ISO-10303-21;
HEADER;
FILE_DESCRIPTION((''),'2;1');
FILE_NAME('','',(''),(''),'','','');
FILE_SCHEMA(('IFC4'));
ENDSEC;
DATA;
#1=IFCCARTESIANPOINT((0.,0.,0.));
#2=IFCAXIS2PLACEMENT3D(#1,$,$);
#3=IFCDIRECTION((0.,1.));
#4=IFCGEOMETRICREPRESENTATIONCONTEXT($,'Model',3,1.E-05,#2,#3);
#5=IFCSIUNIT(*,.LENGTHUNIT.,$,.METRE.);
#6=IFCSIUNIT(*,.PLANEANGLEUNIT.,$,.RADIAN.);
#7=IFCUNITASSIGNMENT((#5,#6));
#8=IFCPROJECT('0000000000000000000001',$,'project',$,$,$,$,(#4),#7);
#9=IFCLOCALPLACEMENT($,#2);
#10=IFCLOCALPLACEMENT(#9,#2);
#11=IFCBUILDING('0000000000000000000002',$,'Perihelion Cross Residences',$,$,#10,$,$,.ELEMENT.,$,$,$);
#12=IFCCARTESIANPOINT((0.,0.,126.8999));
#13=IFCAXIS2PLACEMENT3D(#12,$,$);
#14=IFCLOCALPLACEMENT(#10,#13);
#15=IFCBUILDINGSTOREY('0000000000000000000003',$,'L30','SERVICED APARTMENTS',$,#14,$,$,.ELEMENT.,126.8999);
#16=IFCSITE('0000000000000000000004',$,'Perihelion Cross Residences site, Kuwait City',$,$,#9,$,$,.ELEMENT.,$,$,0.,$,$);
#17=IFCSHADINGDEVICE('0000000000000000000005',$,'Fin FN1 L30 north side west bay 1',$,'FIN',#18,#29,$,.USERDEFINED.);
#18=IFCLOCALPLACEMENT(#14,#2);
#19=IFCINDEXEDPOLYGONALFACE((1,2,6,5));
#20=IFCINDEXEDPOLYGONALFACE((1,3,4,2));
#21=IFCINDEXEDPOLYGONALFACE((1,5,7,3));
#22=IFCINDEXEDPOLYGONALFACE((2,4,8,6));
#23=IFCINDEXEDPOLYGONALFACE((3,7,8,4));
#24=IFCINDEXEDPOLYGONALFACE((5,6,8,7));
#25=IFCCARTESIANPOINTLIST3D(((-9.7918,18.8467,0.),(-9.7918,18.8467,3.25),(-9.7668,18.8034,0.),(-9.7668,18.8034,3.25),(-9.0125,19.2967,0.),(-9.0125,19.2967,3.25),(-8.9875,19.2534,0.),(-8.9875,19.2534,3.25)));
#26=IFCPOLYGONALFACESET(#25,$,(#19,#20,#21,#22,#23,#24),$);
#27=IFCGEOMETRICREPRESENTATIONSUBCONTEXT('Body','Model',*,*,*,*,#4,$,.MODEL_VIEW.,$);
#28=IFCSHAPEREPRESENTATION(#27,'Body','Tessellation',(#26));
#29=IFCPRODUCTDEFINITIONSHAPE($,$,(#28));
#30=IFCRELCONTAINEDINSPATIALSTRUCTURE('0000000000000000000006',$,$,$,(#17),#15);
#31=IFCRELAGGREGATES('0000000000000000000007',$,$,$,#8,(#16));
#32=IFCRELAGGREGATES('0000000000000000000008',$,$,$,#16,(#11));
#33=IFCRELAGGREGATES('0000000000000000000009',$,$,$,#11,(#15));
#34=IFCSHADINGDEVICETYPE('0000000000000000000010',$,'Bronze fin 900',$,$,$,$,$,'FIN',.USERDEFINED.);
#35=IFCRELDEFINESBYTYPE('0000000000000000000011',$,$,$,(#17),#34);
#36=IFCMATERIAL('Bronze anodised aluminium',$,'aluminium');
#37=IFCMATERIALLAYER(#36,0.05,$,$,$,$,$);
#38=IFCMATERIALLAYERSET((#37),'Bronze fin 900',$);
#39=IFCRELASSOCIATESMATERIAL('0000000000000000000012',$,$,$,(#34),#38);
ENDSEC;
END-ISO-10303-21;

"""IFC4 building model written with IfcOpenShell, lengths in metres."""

from ifc_helpers import new_model, si_unit, direction, frame, origin, origin_2d, place, context, subcontext, project, spatial, rectangle, extrude, material, layer, layer_set, type_object, element, save


model = new_model("IFC4")

# Units and contexts
model_context = context("Model", 3, precision=1e-05, world=origin(), true_north=direction((0.0, 1.0)))
body_context = subcontext(model_context, "Body", "Model", "MODEL_VIEW")
ifc_project = project(units=[si_unit("LENGTHUNIT", "METRE"), si_unit("PLANEANGLEUNIT", "RADIAN")], contexts=[model_context])

# Site, building, storey
site_placement = place(None, origin())
site = spatial("IfcSite", under=ifc_project, at=site_placement, Name="Perihelion Cross Residences site, Kuwait City", CompositionType="ELEMENT", RefElevation=0.0)
building_placement = place(site_placement, origin())
building = spatial("IfcBuilding", under=site, at=building_placement, Name="Perihelion Cross Residences", CompositionType="ELEMENT")
storey_placement = place(building_placement, frame((0.0, 0.0, 126.8999)))
storey = spatial("IfcBuildingStorey", under=building, at=storey_placement, Name="L30", Description="SERVICED APARTMENTS", CompositionType="ELEMENT", Elevation=126.8999)

# Shading device
ifc_material_1 = material(Name="Bronze anodised aluminium", Category="aluminium")
ifc_layer_1 = layer(ifc_material_1, 0.05)
ifc_layer_set_1 = layer_set([ifc_layer_1], Name="Bronze fin 900")
shading_device_type = type_object("IfcShadingDeviceType", Name="Bronze fin 900", ElementType="FIN", PredefinedType="USERDEFINED", material=ifc_layer_set_1)
shading_device_placement = place(storey_placement, frame((-9.3896, 19.05, 0.0), z_axis=(0.0, 0.0, 1.0), x_axis=(-0.866025, -0.5, 0.0)))
element("IfcShadingDevice", 1, at=shading_device_placement, inside=storey, type_object=shading_device_type, Name="Fin FN1 L30 north side west bay 1", ObjectType="FIN", PredefinedType="USERDEFINED", context=body_context, shape_type="SweptSolid", body=[
    extrude(rectangle(XDim=0.8999, YDim=0.05, at=origin_2d()), origin(), (0.0, 0.0, 1.0), 3.25),
])

save(model, "model.ifc")
